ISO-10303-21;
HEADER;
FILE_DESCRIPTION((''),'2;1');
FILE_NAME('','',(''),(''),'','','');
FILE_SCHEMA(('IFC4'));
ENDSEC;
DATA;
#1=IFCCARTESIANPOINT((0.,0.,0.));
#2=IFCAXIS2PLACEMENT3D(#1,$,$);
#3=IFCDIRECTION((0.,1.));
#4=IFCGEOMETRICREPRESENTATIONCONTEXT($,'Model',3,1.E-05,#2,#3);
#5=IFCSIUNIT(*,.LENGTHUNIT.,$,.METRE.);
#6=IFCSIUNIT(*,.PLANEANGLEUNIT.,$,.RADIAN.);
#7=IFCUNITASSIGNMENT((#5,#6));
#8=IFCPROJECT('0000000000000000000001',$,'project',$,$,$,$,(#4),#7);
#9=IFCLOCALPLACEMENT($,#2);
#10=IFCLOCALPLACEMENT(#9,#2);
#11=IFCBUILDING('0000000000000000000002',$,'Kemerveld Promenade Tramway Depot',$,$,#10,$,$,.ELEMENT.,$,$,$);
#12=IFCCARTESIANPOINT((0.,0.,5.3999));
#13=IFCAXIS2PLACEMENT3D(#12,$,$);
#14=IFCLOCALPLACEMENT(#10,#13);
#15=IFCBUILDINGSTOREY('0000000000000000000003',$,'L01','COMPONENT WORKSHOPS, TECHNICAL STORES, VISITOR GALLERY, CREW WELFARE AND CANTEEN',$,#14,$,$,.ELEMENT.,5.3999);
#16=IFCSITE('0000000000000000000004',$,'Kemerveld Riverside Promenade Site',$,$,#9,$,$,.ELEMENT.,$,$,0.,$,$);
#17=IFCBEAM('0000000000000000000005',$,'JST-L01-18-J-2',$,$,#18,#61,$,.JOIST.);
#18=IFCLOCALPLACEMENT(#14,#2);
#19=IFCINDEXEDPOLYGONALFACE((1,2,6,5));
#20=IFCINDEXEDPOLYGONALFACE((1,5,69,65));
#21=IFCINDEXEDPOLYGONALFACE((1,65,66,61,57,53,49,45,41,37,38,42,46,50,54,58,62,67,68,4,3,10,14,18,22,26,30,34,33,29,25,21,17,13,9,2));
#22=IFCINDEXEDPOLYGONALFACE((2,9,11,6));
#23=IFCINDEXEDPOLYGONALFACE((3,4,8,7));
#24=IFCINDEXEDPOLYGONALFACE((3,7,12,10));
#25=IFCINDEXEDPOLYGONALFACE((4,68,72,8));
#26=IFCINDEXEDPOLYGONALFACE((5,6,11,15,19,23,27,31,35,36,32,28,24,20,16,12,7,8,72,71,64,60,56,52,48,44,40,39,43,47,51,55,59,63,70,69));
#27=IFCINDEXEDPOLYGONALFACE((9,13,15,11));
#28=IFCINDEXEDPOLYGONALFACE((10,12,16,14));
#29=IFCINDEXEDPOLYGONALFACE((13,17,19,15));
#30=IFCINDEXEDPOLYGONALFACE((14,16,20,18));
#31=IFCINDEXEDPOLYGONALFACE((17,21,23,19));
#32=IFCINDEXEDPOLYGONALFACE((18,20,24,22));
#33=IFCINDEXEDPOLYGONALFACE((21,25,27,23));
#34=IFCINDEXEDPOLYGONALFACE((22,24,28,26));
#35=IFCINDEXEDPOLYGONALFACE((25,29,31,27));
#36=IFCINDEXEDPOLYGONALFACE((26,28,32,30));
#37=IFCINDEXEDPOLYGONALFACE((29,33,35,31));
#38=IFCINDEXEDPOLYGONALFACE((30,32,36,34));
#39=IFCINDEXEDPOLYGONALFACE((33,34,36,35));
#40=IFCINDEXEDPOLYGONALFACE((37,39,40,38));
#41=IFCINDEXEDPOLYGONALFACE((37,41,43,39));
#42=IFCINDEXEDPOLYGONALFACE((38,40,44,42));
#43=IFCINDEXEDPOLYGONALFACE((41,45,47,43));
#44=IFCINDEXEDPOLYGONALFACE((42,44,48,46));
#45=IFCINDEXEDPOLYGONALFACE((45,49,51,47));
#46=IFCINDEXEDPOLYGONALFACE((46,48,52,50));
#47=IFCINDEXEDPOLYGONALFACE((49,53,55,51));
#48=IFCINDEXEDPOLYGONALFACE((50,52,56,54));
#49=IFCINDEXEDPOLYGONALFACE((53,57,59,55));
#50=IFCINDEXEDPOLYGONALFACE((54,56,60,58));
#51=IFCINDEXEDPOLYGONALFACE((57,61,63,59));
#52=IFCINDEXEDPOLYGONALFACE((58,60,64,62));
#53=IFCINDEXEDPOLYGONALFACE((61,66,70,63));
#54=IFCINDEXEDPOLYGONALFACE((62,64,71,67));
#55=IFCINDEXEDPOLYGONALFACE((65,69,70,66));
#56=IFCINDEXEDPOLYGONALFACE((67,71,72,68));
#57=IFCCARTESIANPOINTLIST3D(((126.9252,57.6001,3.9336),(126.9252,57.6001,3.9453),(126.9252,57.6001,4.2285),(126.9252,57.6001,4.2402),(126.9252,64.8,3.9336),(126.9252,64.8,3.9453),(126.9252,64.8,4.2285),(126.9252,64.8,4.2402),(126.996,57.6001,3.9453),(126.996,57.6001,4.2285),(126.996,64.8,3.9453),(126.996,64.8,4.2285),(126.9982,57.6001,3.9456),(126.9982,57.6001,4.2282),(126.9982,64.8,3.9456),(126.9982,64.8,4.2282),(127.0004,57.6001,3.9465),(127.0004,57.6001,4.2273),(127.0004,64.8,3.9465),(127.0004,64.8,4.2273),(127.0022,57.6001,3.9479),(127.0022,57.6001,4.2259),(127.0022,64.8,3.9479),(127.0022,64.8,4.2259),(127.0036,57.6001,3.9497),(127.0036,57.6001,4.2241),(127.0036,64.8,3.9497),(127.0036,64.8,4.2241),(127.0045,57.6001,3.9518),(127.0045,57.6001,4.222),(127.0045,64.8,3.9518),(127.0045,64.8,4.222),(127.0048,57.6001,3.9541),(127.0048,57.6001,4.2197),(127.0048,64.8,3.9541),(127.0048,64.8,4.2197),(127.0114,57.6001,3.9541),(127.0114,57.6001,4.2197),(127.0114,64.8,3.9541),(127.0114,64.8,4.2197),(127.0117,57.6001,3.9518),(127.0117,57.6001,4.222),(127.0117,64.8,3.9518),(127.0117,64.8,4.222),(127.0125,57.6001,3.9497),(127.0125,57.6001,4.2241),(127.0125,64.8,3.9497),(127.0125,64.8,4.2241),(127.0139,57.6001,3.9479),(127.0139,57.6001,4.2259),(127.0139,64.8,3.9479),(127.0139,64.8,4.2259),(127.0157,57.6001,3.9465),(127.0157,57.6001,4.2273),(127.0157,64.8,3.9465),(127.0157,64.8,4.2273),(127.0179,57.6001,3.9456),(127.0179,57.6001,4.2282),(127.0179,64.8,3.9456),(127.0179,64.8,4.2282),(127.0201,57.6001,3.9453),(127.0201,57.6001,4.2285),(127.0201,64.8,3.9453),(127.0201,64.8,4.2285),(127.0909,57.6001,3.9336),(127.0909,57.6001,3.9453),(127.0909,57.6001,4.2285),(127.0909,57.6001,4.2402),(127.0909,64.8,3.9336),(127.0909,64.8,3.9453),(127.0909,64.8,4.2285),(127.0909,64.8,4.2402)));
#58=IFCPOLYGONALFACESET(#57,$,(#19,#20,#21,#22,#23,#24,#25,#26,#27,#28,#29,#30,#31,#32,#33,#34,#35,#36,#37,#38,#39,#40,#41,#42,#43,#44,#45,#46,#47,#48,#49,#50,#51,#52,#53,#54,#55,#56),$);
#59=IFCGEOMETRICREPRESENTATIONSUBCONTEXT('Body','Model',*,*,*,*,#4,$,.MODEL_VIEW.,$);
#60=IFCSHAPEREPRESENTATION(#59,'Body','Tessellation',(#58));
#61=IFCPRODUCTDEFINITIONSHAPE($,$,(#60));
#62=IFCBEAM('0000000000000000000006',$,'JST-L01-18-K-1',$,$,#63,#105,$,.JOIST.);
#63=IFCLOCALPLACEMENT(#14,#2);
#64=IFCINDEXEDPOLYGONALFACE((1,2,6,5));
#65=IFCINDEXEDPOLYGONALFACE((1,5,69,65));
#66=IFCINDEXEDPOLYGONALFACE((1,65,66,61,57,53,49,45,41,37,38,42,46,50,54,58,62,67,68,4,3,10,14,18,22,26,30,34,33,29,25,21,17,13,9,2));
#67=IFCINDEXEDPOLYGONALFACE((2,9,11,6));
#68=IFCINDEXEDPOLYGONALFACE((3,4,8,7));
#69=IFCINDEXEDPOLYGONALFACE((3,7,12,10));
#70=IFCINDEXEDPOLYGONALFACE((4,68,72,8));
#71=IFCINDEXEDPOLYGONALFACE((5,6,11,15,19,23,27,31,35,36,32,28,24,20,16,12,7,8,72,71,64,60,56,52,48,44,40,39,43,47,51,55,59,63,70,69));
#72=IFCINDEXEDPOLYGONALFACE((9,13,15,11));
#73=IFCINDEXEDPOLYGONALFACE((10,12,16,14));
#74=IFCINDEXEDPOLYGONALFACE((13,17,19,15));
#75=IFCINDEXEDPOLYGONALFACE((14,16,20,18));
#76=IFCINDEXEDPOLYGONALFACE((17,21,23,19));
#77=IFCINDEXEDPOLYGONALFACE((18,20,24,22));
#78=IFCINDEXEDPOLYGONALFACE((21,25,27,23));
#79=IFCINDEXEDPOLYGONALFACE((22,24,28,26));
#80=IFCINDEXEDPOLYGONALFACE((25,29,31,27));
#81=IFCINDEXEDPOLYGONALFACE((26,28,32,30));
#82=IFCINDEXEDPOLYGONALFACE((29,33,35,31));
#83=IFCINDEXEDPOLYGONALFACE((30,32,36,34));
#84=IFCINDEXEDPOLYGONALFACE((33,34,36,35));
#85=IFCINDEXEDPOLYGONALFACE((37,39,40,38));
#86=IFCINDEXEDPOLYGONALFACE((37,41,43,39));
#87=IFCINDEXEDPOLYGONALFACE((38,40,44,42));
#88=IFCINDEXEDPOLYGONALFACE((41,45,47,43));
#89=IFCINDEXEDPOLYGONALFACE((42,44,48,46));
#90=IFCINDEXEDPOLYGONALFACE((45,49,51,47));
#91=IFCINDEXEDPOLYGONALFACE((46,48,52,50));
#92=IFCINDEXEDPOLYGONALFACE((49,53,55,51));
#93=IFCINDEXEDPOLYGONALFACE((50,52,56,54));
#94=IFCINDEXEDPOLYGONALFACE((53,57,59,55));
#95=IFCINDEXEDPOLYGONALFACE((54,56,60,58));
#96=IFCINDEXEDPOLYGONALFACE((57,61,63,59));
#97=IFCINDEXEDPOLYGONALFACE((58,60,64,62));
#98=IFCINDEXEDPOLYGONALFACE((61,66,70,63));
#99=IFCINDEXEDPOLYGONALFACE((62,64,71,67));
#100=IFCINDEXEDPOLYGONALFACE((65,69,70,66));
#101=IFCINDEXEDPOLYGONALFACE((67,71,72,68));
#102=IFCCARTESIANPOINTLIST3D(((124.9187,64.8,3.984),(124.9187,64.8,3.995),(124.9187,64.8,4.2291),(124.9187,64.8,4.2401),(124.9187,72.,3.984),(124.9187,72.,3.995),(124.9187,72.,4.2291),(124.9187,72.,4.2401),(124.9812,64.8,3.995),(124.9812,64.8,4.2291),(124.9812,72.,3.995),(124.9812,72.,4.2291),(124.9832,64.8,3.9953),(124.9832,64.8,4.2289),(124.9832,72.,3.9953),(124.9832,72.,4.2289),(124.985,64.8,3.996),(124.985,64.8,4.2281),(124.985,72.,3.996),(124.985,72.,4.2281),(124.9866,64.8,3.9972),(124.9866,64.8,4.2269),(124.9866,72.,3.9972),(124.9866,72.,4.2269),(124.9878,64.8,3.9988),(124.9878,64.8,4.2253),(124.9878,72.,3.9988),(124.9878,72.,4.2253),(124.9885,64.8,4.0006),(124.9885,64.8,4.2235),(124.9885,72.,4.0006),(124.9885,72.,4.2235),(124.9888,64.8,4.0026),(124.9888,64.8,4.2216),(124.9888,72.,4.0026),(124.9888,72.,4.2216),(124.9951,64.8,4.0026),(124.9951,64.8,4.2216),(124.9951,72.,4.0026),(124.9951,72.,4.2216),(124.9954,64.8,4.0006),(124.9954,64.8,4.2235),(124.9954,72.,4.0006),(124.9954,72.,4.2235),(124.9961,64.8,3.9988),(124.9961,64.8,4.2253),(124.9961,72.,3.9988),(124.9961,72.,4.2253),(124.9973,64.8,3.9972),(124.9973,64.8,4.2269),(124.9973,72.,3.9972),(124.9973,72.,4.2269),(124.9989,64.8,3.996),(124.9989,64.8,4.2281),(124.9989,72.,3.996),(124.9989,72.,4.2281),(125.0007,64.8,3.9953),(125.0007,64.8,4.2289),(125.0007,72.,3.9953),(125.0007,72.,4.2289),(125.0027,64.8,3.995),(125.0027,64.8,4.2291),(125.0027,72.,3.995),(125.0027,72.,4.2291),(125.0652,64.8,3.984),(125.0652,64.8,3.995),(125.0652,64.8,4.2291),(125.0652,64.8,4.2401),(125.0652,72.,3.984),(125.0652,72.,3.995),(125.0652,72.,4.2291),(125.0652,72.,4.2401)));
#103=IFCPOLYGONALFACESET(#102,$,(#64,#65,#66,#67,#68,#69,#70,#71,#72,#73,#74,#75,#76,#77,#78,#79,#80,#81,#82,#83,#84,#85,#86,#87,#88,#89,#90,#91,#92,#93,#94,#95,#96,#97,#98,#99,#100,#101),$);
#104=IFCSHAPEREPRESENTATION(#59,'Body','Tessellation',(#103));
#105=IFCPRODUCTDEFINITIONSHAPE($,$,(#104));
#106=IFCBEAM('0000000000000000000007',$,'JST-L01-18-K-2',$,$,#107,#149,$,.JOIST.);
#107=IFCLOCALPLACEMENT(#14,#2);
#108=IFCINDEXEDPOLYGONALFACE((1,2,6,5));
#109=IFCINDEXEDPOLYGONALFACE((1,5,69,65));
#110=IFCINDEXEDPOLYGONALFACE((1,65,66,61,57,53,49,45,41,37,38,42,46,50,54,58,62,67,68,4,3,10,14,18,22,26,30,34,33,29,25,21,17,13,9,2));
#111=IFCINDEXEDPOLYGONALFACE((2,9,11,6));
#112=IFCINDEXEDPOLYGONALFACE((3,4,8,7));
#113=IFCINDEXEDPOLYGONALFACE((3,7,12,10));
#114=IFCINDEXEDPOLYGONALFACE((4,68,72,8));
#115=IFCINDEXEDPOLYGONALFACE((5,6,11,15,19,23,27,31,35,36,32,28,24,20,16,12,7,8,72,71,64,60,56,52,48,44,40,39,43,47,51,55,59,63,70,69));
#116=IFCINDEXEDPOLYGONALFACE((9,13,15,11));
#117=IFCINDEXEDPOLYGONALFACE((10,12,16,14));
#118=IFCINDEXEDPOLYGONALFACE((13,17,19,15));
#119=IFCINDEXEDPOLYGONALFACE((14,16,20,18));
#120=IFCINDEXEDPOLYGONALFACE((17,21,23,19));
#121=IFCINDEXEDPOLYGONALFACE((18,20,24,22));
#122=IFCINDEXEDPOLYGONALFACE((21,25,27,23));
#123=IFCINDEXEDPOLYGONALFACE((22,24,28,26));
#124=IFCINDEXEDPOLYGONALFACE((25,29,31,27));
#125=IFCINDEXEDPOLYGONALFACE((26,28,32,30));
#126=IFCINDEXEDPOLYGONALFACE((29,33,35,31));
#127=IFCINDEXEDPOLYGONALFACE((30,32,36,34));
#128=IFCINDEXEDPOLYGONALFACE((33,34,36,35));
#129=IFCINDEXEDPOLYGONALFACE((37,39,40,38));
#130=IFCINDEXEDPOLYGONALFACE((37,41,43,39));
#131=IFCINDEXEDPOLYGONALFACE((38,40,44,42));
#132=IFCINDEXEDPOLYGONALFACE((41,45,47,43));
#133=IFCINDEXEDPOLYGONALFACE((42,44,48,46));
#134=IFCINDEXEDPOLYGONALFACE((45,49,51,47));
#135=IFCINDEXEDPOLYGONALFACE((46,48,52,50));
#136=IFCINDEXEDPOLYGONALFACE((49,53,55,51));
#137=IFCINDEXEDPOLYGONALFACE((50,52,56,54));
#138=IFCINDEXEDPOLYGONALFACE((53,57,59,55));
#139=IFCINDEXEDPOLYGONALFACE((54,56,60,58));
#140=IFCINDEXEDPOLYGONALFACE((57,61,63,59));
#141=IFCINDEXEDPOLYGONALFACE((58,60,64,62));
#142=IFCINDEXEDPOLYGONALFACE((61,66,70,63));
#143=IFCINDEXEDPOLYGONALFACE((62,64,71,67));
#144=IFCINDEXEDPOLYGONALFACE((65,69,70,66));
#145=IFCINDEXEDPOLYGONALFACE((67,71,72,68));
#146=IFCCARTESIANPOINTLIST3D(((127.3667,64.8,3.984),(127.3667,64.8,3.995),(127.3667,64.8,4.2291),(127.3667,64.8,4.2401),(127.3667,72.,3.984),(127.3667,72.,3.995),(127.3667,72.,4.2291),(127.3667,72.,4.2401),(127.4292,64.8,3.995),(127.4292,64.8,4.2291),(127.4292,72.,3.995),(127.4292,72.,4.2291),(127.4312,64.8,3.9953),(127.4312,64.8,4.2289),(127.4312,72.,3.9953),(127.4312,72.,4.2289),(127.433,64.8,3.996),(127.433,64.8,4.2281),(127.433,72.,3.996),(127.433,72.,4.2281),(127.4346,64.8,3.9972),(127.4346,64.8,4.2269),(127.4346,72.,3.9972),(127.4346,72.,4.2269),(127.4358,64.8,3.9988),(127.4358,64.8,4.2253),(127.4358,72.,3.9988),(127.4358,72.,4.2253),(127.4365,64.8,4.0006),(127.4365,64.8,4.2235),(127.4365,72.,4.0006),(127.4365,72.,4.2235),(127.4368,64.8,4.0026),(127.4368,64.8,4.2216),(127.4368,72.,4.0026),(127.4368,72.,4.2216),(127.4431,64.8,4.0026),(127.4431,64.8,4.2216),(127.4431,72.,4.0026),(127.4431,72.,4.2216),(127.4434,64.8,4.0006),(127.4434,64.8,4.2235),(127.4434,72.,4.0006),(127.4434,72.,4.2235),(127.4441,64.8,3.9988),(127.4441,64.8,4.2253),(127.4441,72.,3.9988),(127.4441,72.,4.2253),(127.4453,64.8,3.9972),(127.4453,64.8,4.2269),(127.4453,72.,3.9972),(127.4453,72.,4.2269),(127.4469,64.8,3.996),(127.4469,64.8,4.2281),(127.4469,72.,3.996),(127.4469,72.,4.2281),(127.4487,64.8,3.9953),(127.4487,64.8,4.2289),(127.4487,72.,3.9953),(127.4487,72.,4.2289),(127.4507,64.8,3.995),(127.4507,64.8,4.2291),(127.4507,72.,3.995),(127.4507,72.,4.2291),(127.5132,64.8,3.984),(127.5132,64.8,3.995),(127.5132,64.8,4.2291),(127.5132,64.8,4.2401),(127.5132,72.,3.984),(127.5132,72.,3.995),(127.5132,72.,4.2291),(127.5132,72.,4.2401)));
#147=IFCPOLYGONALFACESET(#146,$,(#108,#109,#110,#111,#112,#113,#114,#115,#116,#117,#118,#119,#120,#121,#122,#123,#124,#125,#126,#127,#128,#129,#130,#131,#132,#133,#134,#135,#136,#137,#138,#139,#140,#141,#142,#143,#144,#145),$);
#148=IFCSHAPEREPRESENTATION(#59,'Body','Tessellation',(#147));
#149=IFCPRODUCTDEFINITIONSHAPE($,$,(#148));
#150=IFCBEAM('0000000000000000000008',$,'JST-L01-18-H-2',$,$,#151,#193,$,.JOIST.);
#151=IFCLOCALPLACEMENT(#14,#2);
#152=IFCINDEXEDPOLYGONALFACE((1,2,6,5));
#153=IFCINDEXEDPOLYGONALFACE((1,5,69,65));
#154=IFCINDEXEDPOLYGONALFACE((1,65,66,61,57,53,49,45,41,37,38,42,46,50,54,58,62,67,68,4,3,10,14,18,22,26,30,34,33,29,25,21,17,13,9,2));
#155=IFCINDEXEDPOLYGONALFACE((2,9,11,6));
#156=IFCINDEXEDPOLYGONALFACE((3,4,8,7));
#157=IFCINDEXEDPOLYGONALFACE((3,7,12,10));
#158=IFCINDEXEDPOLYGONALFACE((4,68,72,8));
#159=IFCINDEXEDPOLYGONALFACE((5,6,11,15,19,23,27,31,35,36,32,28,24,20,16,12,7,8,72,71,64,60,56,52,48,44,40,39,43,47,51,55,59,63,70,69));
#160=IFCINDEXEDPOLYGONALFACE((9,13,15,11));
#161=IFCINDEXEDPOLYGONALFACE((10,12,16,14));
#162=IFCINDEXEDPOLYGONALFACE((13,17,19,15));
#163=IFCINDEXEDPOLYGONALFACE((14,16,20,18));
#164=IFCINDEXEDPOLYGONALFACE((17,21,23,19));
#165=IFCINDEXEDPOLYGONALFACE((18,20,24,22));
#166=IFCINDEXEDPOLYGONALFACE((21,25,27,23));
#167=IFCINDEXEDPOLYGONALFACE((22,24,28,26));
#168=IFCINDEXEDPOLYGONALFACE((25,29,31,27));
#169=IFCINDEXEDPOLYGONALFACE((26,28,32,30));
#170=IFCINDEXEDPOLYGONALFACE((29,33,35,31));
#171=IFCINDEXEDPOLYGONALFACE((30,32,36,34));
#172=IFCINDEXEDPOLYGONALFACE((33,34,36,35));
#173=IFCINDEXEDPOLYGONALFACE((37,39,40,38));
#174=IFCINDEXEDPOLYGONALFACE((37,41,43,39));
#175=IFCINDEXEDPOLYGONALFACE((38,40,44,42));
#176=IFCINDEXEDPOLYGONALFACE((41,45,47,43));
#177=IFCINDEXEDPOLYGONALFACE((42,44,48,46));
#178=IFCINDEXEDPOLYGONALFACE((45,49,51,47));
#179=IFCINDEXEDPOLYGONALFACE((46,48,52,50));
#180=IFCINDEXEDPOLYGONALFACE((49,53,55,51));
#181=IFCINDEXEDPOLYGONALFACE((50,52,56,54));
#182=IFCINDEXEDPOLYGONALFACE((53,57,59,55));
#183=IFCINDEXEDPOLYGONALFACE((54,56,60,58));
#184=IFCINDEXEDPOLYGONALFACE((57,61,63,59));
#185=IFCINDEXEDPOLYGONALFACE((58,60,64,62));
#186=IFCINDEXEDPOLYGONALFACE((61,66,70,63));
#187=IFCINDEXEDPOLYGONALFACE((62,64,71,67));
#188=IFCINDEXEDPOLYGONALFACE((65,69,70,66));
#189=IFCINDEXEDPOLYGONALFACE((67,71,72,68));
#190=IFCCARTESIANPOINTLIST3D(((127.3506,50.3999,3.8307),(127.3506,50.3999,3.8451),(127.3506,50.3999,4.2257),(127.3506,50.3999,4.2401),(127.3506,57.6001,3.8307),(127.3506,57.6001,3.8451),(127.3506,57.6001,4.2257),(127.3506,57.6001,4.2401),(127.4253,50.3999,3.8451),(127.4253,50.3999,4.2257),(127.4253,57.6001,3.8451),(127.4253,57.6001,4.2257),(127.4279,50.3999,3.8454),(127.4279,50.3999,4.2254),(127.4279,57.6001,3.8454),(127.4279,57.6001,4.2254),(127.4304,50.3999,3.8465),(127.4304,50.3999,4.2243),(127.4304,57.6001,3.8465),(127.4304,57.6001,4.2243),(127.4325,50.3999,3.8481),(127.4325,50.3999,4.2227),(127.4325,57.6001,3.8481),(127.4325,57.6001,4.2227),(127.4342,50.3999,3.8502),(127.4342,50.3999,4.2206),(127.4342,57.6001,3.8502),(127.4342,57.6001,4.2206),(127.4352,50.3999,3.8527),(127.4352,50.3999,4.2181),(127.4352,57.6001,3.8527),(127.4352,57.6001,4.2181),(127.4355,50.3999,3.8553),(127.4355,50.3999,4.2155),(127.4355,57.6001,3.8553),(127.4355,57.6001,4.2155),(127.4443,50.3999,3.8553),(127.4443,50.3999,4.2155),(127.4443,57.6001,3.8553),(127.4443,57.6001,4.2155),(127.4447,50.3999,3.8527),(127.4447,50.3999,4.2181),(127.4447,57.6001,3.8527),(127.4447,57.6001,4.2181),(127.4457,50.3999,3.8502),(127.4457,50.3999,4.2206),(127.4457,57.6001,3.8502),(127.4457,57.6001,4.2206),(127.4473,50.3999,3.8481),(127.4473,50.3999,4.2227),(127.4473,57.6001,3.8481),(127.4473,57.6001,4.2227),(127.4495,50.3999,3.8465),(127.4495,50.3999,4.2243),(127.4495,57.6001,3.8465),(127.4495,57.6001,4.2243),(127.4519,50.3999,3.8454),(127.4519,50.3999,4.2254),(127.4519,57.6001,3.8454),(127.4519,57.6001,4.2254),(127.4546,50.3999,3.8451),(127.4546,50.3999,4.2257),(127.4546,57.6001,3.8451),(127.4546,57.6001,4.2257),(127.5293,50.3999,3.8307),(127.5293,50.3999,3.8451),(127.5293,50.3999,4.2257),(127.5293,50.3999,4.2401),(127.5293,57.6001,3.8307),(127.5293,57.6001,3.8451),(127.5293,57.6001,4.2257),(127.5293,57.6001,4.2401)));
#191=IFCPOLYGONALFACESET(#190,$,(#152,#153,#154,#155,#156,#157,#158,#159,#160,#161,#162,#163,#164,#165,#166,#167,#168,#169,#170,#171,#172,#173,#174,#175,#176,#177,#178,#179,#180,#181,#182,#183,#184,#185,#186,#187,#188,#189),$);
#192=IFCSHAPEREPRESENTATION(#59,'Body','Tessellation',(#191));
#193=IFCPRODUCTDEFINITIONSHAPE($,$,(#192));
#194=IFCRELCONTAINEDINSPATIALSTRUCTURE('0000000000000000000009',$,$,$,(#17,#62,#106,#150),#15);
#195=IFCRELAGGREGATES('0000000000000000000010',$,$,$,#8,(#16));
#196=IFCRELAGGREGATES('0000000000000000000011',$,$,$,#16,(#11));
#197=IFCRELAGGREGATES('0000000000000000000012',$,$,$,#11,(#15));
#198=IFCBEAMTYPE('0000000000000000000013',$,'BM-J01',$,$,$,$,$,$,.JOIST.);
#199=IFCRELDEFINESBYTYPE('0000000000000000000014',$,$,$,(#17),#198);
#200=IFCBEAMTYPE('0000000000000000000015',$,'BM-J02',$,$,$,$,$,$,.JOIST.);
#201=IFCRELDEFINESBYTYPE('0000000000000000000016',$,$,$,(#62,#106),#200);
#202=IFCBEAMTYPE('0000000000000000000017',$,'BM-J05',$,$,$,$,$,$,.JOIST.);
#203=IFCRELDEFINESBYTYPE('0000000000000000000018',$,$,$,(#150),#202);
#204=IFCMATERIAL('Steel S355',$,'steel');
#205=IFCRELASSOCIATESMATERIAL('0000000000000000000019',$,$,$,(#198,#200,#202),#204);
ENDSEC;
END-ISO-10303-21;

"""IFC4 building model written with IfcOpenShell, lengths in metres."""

from ifc_helpers import new_model, si_unit, direction, frame, origin, origin_2d, place, context, subcontext, project, spatial, i_section, extrude, material, material_profile, profile_set, type_object, element, save


model = new_model("IFC4")

# Units and contexts
model_context = context("Model", 3, precision=1e-05, world=origin(), true_north=direction((0.0, 1.0)))
body_context = subcontext(model_context, "Body", "Model", "MODEL_VIEW")
ifc_project = project(units=[si_unit("LENGTHUNIT", "METRE"), si_unit("PLANEANGLEUNIT", "RADIAN")], contexts=[model_context])

# Site, building, storey
site_placement = place(None, origin())
site = spatial("IfcSite", under=ifc_project, at=site_placement, Name="Kemerveld Riverside Promenade Site", CompositionType="ELEMENT", RefElevation=0.0)
building_placement = place(site_placement, origin())
building = spatial("IfcBuilding", under=site, at=building_placement, Name="Kemerveld Promenade Tramway Depot", CompositionType="ELEMENT")
storey_placement = place(building_placement, frame((0.0, 0.0, 5.3999)))
storey = spatial("IfcBuildingStorey", under=building, at=storey_placement, Name="L01", Description="COMPONENT WORKSHOPS, TECHNICAL STORES, VISITOR GALLERY, CREW WELFARE AND CANTEEN", CompositionType="ELEMENT", Elevation=5.3999)

# Beams
ifc_material_1 = material(Name="Steel S355", Category="steel")
ifc_material_profile_1 = material_profile(ifc_material_1, i_section(OverallWidth=0.1658, OverallDepth=0.3066, WebThickness=0.0066, FlangeThickness=0.0117, FilletRadius=0.0088, at=origin_2d()), Name="305x165x46 UB")
ifc_profile_set_1 = profile_set([ifc_material_profile_1], Name="Steel S355")
beam_type_1 = type_object("IfcBeamType", Name="BM-J01", PredefinedType="JOIST", material=ifc_profile_set_1)
for number, where, z_axis, x_axis, name in (
    (1, (127.0081, 57.6001, 4.0869), (0.0, 1.0, 0.0), (-1.0, 0.0, 0.0), "JST-L01-18-J-2"),
):
    element("IfcBeam", number, at=place(storey_placement, frame(where, z_axis=z_axis, x_axis=x_axis)), inside=storey, type_object=beam_type_1, Name=name, PredefinedType="JOIST", context=body_context, shape_type="SweptSolid", body=[
        extrude(i_section(OverallWidth=0.1658, OverallDepth=0.3066, WebThickness=0.0066, FlangeThickness=0.0117, FilletRadius=0.0088, at=origin_2d()), origin(), (0.0, 0.0, 1.0), 7.2),
    ])
ifc_material_profile_2 = material_profile(ifc_material_1, i_section(OverallWidth=0.1465, OverallDepth=0.2561, WebThickness=0.0063, FlangeThickness=0.011, FilletRadius=0.0076, at=origin_2d()), Name="254x146x37 UB")
ifc_profile_set_2 = profile_set([ifc_material_profile_2], Name="Steel S355")
beam_type_2 = type_object("IfcBeamType", Name="BM-J02", PredefinedType="JOIST", material=ifc_profile_set_2)
for number, where, z_axis, x_axis, name in (
    (2, (124.9919, 64.8, 4.1121), (0.0, 1.0, 0.0), (-1.0, 0.0, 0.0), "JST-L01-18-K-1"),
    (3, (127.4399, 64.8, 4.1121), (0.0, 1.0, 0.0), (-1.0, 0.0, 0.0), "JST-L01-18-K-2"),
):
    element("IfcBeam", number, at=place(storey_placement, frame(where, z_axis=z_axis, x_axis=x_axis)), inside=storey, type_object=beam_type_2, Name=name, PredefinedType="JOIST", context=body_context, shape_type="SweptSolid", body=[
        extrude(i_section(OverallWidth=0.1465, OverallDepth=0.2561, WebThickness=0.0063, FlangeThickness=0.011, FilletRadius=0.0076, at=origin_2d()), origin(), (0.0, 0.0, 1.0), 7.2),
    ])
ifc_material_profile_3 = material_profile(ifc_material_1, i_section(OverallWidth=0.1787, OverallDepth=0.4094, WebThickness=0.0088, FlangeThickness=0.0144, FilletRadius=0.0103, at=origin_2d()), Name="406x178x67 UB")
ifc_profile_set_3 = profile_set([ifc_material_profile_3], Name="Steel S355")
beam_type_3 = type_object("IfcBeamType", Name="BM-J05", PredefinedType="JOIST", material=ifc_profile_set_3)
beam_1_placement = place(storey_placement, frame((127.4399, 50.3999, 4.0354), z_axis=(0.0, 1.0, 0.0), x_axis=(-1.0, 0.0, 0.0)))
element("IfcBeam", 4, at=beam_1_placement, inside=storey, type_object=beam_type_3, Name="JST-L01-18-H-2", PredefinedType="JOIST", context=body_context, shape_type="SweptSolid", body=[
    extrude(i_section(OverallWidth=0.1787, OverallDepth=0.4094, WebThickness=0.0088, FlangeThickness=0.0144, FilletRadius=0.0103, at=origin_2d()), origin(), (0.0, 0.0, 1.0), 7.2002),
])

save(model, "model.ifc")
